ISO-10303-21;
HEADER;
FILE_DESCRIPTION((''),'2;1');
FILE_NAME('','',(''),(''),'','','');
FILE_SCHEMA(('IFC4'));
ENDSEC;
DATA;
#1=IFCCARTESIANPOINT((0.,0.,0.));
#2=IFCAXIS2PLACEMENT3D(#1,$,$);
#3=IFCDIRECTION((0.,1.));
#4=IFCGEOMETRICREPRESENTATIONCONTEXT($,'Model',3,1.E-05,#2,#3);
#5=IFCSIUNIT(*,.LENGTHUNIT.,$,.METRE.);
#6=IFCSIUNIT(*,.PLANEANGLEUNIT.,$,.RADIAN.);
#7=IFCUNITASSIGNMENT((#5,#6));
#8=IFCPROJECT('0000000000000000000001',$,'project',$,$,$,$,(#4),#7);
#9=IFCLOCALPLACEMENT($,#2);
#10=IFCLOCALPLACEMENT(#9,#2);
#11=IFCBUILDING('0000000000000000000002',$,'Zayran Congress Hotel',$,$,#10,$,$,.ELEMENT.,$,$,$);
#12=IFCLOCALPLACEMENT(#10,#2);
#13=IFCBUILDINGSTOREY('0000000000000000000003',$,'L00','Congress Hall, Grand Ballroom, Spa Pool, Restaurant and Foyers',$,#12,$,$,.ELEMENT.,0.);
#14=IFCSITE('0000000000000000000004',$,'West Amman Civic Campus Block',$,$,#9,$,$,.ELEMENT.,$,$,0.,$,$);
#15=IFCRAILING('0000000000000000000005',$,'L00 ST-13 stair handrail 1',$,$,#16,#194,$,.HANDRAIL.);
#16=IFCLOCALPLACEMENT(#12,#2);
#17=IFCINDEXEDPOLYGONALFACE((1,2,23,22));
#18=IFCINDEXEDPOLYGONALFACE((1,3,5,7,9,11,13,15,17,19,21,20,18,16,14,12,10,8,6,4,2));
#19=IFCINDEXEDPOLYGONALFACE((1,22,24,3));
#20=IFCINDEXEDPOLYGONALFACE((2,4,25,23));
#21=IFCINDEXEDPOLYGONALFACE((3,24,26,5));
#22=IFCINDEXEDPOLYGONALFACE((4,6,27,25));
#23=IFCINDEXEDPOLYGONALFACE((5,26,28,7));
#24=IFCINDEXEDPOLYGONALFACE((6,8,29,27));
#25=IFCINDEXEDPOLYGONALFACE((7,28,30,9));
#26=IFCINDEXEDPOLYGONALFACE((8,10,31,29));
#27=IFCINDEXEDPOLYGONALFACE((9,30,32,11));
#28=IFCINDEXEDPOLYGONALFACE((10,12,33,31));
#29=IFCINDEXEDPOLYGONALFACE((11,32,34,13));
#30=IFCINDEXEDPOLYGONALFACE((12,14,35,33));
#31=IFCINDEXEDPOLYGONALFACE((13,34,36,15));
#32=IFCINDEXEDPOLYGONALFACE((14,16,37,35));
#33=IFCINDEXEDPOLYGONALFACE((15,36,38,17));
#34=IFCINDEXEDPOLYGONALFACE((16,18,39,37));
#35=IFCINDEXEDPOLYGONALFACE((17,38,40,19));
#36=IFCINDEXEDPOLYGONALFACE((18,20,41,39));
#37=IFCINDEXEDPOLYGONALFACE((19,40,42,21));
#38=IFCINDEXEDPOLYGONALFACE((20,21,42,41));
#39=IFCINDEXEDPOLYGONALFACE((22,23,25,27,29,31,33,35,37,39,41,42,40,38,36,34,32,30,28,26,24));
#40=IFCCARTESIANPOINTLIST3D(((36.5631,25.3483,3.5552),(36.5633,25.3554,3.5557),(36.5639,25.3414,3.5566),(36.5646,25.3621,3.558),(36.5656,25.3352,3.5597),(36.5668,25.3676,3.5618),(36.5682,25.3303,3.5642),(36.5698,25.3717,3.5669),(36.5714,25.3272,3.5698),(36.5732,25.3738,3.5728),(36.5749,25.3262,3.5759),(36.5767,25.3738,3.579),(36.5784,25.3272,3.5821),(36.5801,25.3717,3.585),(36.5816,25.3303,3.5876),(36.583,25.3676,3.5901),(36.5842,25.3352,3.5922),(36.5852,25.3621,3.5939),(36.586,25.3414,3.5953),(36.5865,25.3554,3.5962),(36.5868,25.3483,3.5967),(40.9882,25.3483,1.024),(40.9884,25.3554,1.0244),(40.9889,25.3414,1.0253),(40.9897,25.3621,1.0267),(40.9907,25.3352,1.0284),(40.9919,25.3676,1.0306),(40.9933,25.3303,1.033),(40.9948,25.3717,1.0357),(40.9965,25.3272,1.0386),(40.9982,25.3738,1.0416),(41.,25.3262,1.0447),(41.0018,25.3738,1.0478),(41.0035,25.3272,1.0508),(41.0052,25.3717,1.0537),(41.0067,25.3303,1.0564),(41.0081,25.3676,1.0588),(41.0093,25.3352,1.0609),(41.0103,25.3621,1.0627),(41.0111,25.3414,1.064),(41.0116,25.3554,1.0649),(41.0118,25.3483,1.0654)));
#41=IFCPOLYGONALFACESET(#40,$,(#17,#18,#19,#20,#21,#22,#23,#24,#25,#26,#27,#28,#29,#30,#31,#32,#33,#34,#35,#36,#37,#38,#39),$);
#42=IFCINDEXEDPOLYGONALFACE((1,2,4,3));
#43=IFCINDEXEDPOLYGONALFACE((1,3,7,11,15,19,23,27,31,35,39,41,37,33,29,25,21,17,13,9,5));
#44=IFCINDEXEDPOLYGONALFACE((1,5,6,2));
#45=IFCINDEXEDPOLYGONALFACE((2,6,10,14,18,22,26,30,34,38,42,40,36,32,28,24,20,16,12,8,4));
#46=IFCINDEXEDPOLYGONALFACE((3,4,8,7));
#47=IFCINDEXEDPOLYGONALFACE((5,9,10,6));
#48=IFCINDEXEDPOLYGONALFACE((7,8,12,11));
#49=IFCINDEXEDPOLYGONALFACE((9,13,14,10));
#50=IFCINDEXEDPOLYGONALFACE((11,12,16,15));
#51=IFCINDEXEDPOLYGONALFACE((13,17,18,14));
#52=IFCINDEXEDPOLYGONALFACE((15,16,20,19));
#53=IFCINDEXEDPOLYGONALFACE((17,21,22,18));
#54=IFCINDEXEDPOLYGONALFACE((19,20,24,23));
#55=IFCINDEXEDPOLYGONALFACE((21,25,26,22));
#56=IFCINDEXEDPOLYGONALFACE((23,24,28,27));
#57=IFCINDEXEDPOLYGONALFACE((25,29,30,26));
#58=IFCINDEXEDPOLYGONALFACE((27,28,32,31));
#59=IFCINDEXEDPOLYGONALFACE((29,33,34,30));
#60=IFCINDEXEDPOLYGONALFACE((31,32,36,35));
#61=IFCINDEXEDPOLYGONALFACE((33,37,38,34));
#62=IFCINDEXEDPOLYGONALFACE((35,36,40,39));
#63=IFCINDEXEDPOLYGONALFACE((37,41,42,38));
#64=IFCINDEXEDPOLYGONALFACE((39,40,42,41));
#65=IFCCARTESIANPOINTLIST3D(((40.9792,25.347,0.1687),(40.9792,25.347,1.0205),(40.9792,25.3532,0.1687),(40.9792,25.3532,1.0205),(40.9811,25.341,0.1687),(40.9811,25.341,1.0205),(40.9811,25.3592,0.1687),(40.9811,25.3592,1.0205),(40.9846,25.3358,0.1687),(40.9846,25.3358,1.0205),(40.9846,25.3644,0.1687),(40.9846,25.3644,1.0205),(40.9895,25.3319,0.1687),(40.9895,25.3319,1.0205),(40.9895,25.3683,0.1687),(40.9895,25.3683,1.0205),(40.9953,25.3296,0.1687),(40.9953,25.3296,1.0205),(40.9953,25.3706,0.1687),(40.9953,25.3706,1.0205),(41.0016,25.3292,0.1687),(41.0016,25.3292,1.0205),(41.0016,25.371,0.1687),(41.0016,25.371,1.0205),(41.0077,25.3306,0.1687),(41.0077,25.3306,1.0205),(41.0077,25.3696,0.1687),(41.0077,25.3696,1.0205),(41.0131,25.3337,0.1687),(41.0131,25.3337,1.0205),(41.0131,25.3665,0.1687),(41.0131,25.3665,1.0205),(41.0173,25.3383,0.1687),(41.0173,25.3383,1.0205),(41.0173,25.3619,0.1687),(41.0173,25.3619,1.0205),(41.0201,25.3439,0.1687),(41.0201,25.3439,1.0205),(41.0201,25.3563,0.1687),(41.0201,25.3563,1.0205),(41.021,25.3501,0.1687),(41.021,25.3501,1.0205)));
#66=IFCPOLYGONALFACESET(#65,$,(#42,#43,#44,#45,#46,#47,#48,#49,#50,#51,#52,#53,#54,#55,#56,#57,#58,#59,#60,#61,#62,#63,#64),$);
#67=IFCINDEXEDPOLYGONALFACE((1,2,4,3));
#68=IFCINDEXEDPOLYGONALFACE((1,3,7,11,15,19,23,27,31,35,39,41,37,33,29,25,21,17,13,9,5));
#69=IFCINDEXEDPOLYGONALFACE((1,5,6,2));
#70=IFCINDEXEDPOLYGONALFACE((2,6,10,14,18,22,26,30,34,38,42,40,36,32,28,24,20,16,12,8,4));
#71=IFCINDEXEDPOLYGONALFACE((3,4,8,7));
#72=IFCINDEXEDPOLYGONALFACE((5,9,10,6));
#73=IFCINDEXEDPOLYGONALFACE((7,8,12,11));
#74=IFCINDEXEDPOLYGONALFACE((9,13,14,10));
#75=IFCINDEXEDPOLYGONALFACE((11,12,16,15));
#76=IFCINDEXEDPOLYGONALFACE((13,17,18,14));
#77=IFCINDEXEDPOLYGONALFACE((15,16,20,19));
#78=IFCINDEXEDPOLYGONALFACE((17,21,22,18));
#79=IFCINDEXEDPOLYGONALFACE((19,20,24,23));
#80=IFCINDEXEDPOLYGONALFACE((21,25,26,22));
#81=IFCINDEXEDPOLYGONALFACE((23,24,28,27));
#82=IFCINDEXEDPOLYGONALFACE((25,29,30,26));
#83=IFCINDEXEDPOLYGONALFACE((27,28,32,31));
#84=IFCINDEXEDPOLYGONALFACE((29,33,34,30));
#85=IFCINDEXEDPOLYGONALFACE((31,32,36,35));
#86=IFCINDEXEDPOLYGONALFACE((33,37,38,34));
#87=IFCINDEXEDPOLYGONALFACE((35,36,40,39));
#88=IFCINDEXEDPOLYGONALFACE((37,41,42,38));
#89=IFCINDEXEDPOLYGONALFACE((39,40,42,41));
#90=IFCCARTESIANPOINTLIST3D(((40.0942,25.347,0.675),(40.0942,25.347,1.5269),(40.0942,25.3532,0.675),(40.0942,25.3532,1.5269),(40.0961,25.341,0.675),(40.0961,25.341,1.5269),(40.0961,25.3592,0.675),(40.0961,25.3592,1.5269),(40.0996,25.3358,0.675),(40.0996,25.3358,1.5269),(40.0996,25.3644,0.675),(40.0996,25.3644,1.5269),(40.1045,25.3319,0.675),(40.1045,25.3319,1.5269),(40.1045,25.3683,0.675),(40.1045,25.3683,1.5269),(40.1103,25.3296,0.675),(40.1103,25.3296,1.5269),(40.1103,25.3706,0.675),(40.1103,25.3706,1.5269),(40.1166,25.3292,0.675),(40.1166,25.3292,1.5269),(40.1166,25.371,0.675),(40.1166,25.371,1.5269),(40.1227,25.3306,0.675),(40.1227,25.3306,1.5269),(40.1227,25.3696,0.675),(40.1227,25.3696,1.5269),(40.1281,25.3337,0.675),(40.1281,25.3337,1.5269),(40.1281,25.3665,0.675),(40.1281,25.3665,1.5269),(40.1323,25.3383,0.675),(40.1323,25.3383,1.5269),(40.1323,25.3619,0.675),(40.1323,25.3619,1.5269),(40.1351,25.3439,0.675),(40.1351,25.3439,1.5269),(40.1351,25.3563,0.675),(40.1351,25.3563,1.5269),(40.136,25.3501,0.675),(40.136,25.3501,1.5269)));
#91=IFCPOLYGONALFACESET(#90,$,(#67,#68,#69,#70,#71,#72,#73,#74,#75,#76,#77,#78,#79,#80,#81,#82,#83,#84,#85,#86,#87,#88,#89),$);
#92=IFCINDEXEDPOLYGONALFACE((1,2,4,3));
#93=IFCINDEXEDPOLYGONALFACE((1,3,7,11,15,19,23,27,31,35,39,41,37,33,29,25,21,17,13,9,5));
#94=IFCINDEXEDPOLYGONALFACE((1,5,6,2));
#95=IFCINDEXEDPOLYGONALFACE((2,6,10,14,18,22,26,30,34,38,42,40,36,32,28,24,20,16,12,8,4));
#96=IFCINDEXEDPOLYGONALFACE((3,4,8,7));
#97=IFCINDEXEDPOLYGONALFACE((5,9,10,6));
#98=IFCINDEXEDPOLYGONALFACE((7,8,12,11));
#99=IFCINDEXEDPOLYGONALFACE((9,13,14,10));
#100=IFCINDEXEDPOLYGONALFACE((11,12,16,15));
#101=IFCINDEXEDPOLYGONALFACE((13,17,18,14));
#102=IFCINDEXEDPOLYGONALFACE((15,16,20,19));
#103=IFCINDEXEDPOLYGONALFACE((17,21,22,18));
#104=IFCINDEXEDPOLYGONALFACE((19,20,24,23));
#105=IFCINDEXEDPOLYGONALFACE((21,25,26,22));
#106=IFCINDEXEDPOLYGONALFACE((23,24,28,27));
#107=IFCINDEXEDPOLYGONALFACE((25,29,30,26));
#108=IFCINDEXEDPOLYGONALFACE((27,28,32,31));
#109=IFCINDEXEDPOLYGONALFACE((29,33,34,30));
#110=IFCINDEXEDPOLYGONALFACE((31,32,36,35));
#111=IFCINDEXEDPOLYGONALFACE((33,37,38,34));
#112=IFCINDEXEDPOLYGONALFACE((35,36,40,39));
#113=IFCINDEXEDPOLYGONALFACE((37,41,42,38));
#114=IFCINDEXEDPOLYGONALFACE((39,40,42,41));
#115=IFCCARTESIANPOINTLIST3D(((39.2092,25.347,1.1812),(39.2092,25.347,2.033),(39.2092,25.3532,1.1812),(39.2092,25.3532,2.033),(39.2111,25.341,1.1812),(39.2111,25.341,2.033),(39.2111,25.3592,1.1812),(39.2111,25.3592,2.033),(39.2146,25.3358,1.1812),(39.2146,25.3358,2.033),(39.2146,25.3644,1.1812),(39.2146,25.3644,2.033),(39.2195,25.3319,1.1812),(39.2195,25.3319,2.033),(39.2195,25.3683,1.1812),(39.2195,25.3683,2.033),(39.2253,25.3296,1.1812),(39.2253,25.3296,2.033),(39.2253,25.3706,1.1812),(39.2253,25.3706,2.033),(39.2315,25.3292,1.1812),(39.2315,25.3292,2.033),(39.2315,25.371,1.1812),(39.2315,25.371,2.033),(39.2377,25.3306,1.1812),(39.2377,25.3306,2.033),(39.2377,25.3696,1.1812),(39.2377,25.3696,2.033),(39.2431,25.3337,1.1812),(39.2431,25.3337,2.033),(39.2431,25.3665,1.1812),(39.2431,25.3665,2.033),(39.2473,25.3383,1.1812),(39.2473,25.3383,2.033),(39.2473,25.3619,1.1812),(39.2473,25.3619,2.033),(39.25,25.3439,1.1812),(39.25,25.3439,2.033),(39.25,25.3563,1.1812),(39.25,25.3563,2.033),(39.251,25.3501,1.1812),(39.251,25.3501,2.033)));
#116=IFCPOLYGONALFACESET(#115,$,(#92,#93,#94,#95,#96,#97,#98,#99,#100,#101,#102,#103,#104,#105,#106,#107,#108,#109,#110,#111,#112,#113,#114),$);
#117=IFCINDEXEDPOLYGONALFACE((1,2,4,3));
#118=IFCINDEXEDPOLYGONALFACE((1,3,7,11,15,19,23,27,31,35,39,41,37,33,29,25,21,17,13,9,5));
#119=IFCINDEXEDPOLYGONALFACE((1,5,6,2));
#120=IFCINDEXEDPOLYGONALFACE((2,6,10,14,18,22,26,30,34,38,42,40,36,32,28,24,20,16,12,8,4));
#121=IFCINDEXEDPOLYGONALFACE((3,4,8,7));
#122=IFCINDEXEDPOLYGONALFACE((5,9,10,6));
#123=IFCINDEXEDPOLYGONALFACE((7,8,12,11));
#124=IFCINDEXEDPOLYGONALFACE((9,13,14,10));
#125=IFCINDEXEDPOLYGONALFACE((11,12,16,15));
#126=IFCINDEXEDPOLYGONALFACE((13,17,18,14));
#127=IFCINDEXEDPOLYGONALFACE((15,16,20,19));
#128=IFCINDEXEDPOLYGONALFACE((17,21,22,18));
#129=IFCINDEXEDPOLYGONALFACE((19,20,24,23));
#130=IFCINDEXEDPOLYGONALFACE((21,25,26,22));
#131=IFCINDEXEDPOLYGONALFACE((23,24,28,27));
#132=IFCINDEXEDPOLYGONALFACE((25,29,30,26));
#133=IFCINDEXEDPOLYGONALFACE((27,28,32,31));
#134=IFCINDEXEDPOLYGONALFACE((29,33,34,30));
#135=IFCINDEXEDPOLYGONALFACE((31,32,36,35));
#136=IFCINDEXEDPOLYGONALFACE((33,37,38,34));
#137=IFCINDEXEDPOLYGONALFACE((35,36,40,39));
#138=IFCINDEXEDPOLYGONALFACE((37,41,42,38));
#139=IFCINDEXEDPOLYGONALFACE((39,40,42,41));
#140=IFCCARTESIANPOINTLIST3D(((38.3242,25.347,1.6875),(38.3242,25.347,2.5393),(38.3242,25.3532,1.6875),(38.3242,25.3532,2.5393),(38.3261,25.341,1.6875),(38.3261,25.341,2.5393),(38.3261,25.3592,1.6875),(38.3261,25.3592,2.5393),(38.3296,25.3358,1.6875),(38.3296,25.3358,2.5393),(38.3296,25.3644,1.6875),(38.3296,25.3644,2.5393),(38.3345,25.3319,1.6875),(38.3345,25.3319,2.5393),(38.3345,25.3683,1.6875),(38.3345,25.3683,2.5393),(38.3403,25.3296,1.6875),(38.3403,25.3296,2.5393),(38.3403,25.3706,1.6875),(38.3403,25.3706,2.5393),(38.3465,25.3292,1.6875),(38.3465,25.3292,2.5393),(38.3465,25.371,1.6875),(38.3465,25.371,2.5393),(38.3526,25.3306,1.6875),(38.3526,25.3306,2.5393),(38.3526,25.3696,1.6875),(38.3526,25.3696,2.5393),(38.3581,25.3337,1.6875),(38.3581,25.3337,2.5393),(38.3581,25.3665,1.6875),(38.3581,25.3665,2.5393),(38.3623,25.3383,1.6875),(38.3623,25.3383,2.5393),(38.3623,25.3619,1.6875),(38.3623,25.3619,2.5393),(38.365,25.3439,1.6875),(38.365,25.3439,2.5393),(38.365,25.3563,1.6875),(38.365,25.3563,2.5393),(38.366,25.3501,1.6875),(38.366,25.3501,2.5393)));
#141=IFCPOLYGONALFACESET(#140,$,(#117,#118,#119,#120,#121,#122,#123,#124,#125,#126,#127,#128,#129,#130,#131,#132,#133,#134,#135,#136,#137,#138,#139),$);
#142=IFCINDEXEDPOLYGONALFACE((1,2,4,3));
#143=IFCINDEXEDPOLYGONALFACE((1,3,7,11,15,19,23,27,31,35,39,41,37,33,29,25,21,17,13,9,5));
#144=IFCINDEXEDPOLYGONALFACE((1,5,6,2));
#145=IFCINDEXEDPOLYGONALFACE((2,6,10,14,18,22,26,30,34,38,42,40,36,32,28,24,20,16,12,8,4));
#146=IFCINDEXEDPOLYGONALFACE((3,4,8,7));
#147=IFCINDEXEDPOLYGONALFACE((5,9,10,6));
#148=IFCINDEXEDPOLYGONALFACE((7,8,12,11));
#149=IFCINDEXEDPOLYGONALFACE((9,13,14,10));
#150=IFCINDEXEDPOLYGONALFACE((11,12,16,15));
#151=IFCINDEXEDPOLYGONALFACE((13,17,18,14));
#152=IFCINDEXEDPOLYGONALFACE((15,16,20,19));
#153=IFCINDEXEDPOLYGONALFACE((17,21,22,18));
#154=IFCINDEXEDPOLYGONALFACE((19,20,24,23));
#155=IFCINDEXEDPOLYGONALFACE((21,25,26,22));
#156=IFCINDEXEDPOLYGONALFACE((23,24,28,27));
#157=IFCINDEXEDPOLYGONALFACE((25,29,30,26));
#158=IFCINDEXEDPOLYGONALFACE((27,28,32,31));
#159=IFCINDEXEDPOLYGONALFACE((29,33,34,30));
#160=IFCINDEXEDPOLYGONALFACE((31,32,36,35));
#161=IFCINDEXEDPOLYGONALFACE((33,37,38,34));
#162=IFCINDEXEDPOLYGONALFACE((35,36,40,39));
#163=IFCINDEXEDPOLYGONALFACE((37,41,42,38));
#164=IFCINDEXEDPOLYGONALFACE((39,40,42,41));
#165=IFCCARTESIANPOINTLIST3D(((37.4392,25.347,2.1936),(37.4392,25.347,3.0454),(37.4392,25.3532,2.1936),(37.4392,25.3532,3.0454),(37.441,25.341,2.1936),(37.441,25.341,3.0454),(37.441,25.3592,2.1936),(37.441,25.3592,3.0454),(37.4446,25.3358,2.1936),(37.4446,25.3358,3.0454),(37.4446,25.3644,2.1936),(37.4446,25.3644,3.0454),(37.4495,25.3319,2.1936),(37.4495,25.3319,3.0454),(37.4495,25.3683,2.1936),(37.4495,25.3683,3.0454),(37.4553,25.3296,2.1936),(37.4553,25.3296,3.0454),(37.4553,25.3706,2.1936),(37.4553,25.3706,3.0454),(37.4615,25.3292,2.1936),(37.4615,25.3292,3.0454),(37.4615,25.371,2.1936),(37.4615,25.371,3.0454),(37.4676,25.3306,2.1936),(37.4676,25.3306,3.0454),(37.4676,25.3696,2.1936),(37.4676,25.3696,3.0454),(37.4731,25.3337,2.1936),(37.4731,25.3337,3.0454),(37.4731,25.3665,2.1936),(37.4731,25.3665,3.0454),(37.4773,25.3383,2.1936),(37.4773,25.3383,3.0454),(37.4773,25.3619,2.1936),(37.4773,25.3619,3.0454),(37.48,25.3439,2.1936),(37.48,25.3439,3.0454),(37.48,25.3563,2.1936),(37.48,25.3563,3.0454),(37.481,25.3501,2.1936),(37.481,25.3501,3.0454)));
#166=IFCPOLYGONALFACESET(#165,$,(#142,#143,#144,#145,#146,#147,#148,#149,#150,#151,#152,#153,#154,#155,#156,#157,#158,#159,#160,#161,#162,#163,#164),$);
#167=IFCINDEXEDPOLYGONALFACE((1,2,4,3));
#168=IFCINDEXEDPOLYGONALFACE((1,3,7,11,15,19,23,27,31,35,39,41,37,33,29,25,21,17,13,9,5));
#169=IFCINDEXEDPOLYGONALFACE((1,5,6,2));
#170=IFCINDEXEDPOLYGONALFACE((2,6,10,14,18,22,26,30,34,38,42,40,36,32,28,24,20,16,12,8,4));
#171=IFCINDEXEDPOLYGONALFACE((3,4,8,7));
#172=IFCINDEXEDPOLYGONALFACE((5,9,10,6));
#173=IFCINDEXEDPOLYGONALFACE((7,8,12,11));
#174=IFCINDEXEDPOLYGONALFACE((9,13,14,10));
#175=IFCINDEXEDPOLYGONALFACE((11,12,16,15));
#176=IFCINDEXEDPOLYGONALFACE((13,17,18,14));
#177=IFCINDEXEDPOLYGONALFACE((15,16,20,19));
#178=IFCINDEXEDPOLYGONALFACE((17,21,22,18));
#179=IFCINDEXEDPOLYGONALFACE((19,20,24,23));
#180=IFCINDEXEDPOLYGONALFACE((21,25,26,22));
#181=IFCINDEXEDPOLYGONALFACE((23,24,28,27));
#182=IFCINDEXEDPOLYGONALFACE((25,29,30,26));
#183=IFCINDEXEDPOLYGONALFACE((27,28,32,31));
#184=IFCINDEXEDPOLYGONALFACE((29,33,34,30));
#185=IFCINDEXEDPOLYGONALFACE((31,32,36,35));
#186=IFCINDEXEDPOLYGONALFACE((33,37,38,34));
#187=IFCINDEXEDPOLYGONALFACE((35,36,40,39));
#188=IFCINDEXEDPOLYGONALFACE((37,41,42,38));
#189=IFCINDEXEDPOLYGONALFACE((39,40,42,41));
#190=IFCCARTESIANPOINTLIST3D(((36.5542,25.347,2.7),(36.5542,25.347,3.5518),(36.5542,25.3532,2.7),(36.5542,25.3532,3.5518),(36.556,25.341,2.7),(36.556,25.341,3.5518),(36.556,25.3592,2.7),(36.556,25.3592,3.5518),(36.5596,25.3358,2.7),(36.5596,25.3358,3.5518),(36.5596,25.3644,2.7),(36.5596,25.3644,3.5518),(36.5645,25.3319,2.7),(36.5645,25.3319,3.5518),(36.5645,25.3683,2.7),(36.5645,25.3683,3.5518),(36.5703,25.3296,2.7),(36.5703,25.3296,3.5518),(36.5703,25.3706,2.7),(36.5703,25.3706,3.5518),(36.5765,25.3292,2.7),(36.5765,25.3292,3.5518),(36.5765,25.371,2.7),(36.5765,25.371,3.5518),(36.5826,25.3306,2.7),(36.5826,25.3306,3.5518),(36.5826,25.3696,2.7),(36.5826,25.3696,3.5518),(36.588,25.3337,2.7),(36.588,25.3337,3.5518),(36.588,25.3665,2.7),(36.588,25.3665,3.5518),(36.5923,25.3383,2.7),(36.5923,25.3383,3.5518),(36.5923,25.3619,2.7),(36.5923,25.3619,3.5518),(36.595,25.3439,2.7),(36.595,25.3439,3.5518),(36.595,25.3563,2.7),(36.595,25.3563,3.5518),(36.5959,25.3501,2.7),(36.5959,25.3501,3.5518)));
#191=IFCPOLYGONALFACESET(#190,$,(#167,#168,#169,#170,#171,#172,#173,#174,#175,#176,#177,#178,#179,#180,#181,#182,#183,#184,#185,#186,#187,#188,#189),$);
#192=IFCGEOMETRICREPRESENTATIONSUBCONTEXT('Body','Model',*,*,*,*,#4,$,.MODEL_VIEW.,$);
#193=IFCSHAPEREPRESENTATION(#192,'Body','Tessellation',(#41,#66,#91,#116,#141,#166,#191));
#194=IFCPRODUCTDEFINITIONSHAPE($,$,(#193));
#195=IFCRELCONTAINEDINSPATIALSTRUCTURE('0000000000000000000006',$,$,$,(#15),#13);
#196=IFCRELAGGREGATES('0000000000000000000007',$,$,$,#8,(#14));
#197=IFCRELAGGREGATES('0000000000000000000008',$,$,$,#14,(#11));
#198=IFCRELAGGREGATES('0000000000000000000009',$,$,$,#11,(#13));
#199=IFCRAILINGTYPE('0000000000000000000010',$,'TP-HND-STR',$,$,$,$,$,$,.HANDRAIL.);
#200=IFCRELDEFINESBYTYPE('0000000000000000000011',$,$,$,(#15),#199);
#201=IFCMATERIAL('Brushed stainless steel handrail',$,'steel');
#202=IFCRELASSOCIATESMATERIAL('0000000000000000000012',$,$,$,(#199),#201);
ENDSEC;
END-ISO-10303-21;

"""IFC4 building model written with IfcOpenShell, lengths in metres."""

from ifc_helpers import new_model, si_unit, direction, frame, origin, origin_2d, place, context, subcontext, project, spatial, circle, extrude, material, type_object, element, save


model = new_model("IFC4")

# Units and contexts
model_context = context("Model", 3, precision=1e-05, world=origin(), true_north=direction((0.0, 1.0)))
body_context = subcontext(model_context, "Body", "Model", "MODEL_VIEW")
ifc_project = project(units=[si_unit("LENGTHUNIT", "METRE"), si_unit("PLANEANGLEUNIT", "RADIAN")], contexts=[model_context])

# Site, building, storey
site_placement = place(None, origin())
site = spatial("IfcSite", under=ifc_project, at=site_placement, Name="West Amman Civic Campus Block", CompositionType="ELEMENT", RefElevation=0.0)
building_placement = place(site_placement, origin())
building = spatial("IfcBuilding", under=site, at=building_placement, Name="Zayran Congress Hotel", CompositionType="ELEMENT")
storey_placement = place(building_placement, origin())
storey = spatial("IfcBuildingStorey", under=building, at=storey_placement, Name="L00", Description="Congress Hall, Grand Ballroom, Spa Pool, Restaurant and Foyers", CompositionType="ELEMENT", Elevation=0.0)

# Railing
ifc_material_1 = material(Name="Brushed stainless steel handrail", Category="steel")
railing_type_1 = type_object("IfcRailingType", Name="TP-HND-STR", PredefinedType="HANDRAIL", material=ifc_material_1)
railing_1_placement = place(storey_placement, frame((41.0, 25.3501, 0.1687)))
element("IfcRailing", 1, at=railing_1_placement, inside=storey, type_object=railing_type_1, Name="L00 ST-13 stair handrail 1", PredefinedType="HANDRAIL", context=body_context, shape_type="SweptSolid", body=[
    extrude(circle(Radius=0.0239, at=origin_2d()), frame((0.0, 0.0, 0.876), z_axis=(-0.868019, 0.0, 0.496531), x_axis=(0.0, -1.0, 0.0)), (0.0, 0.0, 1.0), 5.0979),
    extrude(circle(Radius=0.021, at=origin_2d()), origin(), (0.0, 0.0, 1.0), 0.8518),
    extrude(circle(Radius=0.021, at=origin_2d()), frame((-0.885, 0.0, 0.5063)), (0.0, 0.0, 1.0), 0.8518),
    extrude(circle(Radius=0.021, at=origin_2d()), frame((-1.77, 0.0, 1.0125)), (0.0, 0.0, 1.0), 0.8518),
    extrude(circle(Radius=0.021, at=origin_2d()), frame((-2.655, 0.0, 1.5188)), (0.0, 0.0, 1.0), 0.8518),
    extrude(circle(Radius=0.021, at=origin_2d()), frame((-3.54, 0.0, 2.0249)), (0.0, 0.0, 1.0), 0.8518),
    extrude(circle(Radius=0.021, at=origin_2d()), frame((-4.425, 0.0, 2.5312)), (0.0, 0.0, 1.0), 0.8518),
])

save(model, "model.ifc")
